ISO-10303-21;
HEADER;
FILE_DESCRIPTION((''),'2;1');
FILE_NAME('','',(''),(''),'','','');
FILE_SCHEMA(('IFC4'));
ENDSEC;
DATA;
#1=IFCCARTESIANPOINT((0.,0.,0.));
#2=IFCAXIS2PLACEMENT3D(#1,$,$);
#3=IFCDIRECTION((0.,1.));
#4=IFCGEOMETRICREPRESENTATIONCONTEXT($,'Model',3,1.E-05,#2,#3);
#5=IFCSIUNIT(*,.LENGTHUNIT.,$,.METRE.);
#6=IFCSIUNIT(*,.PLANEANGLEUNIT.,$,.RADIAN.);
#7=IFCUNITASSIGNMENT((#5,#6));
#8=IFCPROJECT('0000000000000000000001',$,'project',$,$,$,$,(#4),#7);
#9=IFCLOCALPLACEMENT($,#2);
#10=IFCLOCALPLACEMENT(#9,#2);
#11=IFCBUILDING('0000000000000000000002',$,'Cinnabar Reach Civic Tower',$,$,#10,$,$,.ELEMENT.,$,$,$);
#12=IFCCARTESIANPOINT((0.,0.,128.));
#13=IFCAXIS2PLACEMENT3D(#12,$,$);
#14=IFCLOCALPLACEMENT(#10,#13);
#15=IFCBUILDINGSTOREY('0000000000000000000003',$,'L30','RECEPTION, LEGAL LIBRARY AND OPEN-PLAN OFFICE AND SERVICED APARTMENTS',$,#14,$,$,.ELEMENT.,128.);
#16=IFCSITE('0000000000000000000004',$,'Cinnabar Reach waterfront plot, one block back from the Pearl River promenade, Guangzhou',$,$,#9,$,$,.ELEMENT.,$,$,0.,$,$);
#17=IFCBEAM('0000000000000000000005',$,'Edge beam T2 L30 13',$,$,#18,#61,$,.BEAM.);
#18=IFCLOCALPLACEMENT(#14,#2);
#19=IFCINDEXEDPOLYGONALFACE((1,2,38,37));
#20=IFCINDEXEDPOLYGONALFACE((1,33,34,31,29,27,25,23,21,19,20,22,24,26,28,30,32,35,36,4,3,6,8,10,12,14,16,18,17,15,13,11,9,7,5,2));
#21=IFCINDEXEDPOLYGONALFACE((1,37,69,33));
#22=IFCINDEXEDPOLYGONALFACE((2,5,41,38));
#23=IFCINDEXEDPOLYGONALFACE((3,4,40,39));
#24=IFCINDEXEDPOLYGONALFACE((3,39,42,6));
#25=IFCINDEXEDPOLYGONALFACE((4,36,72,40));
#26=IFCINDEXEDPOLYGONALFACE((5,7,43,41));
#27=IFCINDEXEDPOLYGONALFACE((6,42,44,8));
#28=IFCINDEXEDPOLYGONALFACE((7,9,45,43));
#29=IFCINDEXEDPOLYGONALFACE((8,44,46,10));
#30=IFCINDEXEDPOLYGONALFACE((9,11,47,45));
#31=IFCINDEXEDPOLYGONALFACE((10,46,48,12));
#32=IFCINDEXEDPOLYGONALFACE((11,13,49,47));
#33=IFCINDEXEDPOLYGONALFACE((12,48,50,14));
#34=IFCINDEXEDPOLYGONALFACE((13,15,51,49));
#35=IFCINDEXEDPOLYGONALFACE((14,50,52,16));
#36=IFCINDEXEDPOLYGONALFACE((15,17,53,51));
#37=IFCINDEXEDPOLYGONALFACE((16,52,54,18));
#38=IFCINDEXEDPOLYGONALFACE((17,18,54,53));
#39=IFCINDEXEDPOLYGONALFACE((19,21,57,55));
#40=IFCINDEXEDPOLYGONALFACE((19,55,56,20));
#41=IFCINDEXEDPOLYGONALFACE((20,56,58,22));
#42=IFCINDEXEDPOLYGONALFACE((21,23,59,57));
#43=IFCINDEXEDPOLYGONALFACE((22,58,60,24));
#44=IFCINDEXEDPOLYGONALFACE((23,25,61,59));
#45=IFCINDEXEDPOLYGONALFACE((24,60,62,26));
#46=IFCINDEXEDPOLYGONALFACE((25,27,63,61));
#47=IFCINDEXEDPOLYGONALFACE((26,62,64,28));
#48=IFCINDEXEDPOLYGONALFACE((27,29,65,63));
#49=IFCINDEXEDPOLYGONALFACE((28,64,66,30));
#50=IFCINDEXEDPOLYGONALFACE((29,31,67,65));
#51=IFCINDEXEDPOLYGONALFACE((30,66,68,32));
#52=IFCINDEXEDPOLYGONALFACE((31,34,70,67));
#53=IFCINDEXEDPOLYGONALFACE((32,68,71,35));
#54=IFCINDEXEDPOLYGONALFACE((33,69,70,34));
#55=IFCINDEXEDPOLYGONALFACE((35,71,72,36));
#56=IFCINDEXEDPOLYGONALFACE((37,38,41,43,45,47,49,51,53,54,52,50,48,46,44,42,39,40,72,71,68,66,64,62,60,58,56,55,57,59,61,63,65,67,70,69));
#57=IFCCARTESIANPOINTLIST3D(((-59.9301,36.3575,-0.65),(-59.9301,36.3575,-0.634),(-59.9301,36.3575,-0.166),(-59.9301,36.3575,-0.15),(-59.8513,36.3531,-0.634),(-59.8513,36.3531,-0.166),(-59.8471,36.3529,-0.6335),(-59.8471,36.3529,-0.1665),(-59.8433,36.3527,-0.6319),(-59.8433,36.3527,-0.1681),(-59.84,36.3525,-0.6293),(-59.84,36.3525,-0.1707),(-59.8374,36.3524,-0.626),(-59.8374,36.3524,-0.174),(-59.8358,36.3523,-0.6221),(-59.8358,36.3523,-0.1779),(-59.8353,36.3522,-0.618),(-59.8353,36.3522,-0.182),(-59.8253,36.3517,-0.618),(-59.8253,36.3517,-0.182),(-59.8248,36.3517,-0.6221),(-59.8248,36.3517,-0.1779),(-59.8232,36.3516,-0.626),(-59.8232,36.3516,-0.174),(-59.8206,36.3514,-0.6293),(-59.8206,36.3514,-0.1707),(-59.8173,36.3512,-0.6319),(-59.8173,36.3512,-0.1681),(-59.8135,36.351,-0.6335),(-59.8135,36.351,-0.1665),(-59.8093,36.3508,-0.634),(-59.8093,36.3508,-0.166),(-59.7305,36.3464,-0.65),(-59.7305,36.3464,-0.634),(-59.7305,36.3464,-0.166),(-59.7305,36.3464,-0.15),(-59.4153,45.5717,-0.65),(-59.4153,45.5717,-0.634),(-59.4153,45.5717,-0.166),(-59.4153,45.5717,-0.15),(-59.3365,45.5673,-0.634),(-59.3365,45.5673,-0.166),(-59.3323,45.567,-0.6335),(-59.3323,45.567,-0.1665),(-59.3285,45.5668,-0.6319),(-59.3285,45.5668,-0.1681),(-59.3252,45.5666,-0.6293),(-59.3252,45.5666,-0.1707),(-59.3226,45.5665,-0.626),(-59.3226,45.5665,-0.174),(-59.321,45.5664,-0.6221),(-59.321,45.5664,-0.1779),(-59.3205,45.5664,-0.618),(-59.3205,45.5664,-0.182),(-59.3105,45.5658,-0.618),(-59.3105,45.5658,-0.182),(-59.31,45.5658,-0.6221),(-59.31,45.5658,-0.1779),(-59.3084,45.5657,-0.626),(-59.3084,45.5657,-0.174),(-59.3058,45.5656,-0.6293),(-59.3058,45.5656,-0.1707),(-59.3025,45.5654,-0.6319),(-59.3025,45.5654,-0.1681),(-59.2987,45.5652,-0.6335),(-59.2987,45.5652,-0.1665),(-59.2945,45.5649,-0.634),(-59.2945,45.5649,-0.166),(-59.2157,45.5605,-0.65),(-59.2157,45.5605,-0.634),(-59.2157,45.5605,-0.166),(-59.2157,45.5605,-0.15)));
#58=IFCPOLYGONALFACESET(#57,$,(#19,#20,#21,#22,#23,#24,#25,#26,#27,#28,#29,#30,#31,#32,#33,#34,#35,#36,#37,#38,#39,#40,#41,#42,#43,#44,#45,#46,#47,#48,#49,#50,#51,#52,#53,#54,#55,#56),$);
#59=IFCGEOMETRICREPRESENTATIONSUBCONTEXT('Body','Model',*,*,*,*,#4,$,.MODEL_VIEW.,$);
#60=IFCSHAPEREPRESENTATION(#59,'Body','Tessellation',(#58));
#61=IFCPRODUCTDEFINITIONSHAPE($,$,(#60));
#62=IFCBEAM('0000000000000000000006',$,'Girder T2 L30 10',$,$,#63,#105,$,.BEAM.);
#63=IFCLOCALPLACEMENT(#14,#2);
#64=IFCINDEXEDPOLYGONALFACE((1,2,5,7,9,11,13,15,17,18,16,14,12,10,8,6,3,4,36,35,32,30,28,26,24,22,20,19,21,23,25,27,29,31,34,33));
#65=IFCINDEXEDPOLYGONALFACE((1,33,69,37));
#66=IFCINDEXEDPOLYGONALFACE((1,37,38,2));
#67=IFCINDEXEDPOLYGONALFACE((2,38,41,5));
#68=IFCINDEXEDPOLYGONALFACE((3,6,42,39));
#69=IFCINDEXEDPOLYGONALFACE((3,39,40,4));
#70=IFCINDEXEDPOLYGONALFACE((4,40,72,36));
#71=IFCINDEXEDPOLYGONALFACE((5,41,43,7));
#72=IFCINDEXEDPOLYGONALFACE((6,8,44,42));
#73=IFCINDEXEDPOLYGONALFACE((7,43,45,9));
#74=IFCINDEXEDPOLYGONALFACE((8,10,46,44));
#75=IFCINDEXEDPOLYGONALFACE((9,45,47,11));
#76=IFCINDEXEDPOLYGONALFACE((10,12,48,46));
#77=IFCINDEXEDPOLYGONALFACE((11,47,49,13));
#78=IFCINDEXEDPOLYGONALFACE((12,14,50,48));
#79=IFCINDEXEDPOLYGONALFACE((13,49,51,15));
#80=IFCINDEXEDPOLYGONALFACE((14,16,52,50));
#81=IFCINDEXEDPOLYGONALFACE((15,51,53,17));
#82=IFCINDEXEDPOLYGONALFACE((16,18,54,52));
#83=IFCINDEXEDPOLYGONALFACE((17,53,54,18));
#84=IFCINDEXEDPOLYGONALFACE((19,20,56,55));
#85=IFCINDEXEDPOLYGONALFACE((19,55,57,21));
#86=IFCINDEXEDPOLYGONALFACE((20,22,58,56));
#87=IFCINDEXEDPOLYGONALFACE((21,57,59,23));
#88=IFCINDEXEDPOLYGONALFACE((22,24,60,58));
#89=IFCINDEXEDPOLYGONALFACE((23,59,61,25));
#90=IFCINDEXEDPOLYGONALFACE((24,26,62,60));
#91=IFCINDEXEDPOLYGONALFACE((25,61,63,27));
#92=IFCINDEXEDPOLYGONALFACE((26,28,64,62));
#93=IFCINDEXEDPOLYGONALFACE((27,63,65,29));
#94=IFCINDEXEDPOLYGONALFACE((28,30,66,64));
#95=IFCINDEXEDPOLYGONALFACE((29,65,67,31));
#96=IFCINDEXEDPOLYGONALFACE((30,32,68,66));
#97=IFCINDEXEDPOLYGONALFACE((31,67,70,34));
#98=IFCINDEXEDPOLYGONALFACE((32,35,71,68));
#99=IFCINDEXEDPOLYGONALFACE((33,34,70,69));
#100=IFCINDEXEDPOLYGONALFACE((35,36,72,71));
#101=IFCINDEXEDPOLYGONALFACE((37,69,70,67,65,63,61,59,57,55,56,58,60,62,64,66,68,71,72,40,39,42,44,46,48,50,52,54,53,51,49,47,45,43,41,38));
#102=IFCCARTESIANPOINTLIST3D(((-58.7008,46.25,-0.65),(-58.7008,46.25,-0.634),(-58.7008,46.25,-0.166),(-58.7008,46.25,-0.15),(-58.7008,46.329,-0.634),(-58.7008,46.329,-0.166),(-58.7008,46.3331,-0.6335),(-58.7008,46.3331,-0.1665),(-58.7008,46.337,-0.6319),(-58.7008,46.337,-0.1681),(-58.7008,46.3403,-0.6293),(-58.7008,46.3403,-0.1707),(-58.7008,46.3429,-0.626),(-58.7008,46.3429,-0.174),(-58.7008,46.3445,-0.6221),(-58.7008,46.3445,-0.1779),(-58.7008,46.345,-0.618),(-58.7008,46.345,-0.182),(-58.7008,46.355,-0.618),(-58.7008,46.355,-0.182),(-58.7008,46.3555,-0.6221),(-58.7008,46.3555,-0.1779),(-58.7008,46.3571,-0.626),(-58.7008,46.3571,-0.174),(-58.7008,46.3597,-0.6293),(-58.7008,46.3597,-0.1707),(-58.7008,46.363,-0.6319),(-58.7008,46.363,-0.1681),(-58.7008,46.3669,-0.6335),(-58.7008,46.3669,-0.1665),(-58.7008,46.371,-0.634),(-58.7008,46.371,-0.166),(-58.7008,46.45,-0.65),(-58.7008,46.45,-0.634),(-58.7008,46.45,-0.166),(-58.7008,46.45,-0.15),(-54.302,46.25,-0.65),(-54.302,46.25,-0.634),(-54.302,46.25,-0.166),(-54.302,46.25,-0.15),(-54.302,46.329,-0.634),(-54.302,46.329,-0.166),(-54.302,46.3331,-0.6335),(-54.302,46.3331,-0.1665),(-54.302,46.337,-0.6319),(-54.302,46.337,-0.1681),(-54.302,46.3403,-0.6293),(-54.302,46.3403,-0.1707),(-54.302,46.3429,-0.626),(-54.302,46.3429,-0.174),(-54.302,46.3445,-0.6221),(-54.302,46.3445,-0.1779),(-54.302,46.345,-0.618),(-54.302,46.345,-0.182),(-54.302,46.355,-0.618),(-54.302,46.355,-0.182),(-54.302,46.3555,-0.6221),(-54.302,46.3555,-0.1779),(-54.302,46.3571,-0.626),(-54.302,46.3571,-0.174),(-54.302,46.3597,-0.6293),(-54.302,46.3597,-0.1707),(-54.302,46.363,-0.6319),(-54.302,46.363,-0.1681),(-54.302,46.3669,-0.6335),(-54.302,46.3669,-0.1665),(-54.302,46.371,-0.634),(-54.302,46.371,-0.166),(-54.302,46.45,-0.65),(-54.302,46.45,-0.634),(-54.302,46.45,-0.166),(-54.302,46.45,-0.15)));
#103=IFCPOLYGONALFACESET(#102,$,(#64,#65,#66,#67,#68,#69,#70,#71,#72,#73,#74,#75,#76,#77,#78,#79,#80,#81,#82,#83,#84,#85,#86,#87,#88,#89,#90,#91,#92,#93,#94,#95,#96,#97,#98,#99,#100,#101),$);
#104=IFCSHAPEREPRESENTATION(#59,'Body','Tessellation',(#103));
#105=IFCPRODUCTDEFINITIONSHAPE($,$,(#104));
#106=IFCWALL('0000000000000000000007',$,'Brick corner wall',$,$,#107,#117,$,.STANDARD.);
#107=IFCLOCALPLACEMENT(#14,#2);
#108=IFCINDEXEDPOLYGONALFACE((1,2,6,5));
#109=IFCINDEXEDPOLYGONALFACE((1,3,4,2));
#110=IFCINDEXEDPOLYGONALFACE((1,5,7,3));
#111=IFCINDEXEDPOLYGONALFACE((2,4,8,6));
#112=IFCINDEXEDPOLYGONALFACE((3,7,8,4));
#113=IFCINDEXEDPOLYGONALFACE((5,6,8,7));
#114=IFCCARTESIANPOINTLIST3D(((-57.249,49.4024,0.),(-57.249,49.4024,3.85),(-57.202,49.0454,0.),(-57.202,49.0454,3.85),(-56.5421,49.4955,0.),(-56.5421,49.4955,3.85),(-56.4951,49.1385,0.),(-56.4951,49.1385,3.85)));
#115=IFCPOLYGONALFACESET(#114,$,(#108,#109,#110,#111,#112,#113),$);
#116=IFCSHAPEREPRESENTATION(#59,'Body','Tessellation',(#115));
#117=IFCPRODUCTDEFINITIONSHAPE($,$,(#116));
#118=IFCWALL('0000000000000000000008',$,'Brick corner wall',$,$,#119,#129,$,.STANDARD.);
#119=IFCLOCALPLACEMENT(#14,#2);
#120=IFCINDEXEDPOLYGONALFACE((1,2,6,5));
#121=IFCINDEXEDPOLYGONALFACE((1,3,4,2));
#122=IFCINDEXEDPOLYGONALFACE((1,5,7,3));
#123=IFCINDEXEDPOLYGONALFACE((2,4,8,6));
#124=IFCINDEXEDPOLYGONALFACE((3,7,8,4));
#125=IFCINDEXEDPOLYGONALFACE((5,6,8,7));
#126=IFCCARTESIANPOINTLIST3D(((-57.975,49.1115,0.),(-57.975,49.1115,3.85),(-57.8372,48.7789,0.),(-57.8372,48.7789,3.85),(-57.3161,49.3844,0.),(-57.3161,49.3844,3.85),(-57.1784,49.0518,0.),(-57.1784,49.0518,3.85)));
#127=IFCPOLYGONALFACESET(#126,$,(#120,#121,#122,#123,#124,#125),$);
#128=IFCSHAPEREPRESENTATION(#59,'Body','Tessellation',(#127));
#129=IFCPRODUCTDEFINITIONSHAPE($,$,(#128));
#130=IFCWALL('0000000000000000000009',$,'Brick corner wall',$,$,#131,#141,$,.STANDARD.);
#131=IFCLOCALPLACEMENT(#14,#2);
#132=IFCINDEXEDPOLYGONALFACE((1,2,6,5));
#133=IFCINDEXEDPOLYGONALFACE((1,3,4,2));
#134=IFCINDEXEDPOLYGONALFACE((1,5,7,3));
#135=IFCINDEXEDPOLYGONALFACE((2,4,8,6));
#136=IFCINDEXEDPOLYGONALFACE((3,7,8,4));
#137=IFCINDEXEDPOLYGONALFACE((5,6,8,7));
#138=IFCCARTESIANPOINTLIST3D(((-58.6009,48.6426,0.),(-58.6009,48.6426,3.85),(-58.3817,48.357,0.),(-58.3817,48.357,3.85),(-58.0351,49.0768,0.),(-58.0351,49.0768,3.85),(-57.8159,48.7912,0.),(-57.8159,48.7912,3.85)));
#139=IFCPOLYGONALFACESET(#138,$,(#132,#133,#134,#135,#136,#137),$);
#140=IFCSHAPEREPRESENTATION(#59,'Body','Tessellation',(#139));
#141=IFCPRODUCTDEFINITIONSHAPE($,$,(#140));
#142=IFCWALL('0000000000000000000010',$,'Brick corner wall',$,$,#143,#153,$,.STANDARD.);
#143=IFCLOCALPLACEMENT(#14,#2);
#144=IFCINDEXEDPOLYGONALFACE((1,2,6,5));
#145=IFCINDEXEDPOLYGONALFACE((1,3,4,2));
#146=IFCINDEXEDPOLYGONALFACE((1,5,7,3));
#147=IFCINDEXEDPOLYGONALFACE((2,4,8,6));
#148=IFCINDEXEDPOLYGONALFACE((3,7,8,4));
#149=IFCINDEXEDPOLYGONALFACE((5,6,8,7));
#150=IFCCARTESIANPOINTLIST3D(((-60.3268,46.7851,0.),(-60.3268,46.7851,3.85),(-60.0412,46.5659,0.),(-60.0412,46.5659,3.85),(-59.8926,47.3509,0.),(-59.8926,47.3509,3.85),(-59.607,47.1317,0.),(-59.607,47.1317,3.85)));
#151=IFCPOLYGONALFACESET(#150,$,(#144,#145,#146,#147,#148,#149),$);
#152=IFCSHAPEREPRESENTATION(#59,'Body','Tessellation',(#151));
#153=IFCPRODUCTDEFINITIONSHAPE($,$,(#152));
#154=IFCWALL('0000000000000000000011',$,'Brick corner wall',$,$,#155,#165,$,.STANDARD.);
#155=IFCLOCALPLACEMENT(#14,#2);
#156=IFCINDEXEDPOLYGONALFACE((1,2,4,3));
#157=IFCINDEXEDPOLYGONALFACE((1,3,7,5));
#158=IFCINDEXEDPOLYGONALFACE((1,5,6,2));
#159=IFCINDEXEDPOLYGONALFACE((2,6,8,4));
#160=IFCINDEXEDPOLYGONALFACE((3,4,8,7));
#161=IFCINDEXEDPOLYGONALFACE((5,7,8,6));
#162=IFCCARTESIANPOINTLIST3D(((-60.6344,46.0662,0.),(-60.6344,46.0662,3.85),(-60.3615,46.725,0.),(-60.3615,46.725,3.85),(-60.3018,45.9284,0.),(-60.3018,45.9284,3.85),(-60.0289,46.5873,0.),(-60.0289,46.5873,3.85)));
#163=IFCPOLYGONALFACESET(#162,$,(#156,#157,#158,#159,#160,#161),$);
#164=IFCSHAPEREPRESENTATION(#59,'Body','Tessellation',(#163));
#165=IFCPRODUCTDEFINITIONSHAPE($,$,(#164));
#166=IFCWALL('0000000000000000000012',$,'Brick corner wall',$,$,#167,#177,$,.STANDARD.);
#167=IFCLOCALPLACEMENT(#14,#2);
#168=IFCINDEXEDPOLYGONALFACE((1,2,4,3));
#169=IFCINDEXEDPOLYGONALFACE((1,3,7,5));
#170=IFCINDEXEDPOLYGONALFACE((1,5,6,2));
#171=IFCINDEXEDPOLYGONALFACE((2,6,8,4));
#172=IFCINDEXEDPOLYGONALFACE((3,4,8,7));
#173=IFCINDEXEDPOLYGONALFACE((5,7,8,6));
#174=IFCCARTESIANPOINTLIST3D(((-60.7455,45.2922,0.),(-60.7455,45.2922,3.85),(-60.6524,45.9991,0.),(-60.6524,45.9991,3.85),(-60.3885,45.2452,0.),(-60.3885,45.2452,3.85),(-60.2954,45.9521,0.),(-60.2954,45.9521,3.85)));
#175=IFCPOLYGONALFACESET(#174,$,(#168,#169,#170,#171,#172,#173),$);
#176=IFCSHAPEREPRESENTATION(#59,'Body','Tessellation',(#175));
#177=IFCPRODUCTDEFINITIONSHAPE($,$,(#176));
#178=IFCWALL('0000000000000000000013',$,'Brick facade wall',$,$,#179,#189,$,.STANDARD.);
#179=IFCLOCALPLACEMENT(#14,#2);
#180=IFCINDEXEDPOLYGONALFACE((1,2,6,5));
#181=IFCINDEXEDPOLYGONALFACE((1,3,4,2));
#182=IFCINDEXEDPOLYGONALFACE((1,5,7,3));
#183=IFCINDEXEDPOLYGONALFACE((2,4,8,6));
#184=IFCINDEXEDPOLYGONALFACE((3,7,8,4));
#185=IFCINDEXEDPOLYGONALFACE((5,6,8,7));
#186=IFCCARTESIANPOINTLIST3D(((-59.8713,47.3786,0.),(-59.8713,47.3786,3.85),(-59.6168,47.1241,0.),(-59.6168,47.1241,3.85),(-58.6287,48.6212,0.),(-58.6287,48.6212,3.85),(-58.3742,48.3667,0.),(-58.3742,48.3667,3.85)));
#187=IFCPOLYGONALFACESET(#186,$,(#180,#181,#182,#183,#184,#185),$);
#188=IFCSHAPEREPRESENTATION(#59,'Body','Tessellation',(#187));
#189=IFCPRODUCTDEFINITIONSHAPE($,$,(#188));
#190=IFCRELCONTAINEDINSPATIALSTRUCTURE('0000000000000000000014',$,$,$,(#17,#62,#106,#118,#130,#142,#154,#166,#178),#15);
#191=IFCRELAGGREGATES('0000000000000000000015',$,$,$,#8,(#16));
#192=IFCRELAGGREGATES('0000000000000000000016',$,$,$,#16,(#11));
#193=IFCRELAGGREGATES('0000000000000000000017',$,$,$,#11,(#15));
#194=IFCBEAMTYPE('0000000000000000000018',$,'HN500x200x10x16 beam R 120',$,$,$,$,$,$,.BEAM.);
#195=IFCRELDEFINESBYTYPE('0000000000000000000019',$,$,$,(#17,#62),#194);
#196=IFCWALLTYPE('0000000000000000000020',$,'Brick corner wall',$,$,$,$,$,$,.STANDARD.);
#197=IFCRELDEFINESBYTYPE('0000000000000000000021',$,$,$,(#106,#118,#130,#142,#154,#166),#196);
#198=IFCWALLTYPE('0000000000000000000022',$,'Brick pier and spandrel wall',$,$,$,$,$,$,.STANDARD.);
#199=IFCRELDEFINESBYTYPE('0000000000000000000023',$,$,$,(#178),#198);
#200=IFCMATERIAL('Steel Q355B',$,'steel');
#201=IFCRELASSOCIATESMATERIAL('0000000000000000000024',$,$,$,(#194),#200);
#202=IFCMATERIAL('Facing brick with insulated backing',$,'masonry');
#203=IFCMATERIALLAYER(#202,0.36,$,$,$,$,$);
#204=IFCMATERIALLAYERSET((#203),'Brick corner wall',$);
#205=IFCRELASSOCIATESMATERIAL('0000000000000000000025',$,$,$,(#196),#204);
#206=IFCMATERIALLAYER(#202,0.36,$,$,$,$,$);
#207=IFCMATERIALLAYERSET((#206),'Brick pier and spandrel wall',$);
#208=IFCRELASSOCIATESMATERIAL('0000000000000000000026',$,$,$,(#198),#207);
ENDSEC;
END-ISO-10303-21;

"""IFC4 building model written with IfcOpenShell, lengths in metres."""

from ifc_helpers import new_model, si_unit, direction, frame, frame_2d, origin, origin_2d, place, context, subcontext, project, spatial, rectangle, i_section, extrude, material, layer, layer_set, material_profile, profile_set, type_object, element, save


model = new_model("IFC4")

# Units and contexts
model_context = context("Model", 3, precision=1e-05, world=origin(), true_north=direction((0.0, 1.0)))
body_context = subcontext(model_context, "Body", "Model", "MODEL_VIEW")
ifc_project = project(units=[si_unit("LENGTHUNIT", "METRE"), si_unit("PLANEANGLEUNIT", "RADIAN")], contexts=[model_context])

# Site, building, storey
site_placement = place(None, origin())
site = spatial("IfcSite", under=ifc_project, at=site_placement, Name="Cinnabar Reach waterfront plot, one block back from the Pearl River promenade, Guangzhou", CompositionType="ELEMENT", RefElevation=0.0)
building_placement = place(site_placement, origin())
building = spatial("IfcBuilding", under=site, at=building_placement, Name="Cinnabar Reach Civic Tower", CompositionType="ELEMENT")
storey_placement = place(building_placement, frame((0.0, 0.0, 128.0)))
storey = spatial("IfcBuildingStorey", under=building, at=storey_placement, Name="L30", Description="RECEPTION, LEGAL LIBRARY AND OPEN-PLAN OFFICE AND SERVICED APARTMENTS", CompositionType="ELEMENT", Elevation=128.0)

# Beams
ifc_material_1 = material(Name="Steel Q355B", Category="steel")
ifc_material_profile_1 = material_profile(ifc_material_1, i_section(OverallWidth=0.2, OverallDepth=0.5, WebThickness=0.01, FlangeThickness=0.016, FilletRadius=0.016, at=origin_2d()), Name="HN500x200x10x16")
ifc_profile_set_1 = profile_set([ifc_material_profile_1], Name="Steel Q355B")
beam_type_1 = type_object("IfcBeamType", Name="HN500x200x10x16 beam R 120", PredefinedType="BEAM", material=ifc_profile_set_1)
beam_1_placement = place(storey_placement, frame((-59.3155, 45.5661, -0.4), z_axis=(-0.055784, -0.998443, 0.0), x_axis=(0.998443, -0.055784, 0.0)))
element("IfcBeam", 1, at=beam_1_placement, inside=storey, type_object=beam_type_1, Name="Edge beam T2 L30 13", PredefinedType="BEAM", context=body_context, shape_type="SweptSolid", body=[
    extrude(i_section(OverallWidth=0.2, OverallDepth=0.5, WebThickness=0.01, FlangeThickness=0.016, FilletRadius=0.016, at=origin_2d()), origin(), (0.0, 0.0, 1.0), 9.2285),
])
beam_2_placement = place(storey_placement, frame((-58.7008, 46.35, -0.4), z_axis=(1.0, 0.0, 0.0), x_axis=(0.0, 1.0, 0.0)))
element("IfcBeam", 2, at=beam_2_placement, inside=storey, type_object=beam_type_1, Name="Girder T2 L30 10", PredefinedType="BEAM", context=body_context, shape_type="SweptSolid", body=[
    extrude(i_section(OverallWidth=0.2, OverallDepth=0.5, WebThickness=0.01, FlangeThickness=0.016, FilletRadius=0.016, at=origin_2d()), origin(), (0.0, 0.0, 1.0), 4.3988),
])

# Walls
ifc_material_2 = material(Name="Facing brick with insulated backing", Category="masonry")
ifc_layer_1 = layer(ifc_material_2, 0.36)
ifc_layer_set_1 = layer_set([ifc_layer_1], Name="Brick corner wall")
wall_type_1 = type_object("IfcWallType", Name="Brick corner wall", PredefinedType="STANDARD", material=ifc_layer_set_1)
for number, where, z_axis, x_axis, name in (
    (3, (-56.5186, 49.317, 0.0), (0.0, 0.0, 1.0), (-0.991441, -0.130556, 0.0), "Brick corner wall"),
    (4, (-57.2473, 49.2181, 0.0), (0.0, 0.0, 1.0), (-0.923872, -0.382703, 0.0), "Brick corner wall"),
):
    element("IfcWall", number, at=place(storey_placement, frame(where, z_axis=z_axis, x_axis=x_axis)), inside=storey, type_object=wall_type_1, Name=name, PredefinedType="STANDARD", context=body_context, shape_type="SweptSolid", body=[
        extrude(rectangle(XDim=0.7131, YDim=0.36, at=frame_2d((0.3565, 0.0))), origin(), (0.0, 0.0, 1.0), 3.85),
    ])
for number, where, z_axis, x_axis, name in (
    (5, (-57.9255, 48.934, 0.0), (0.0, 0.0, 1.0), (-0.793322, -0.608802, 0.0), "Brick corner wall"),
    (6, (-59.7498, 47.2413, 0.0), (0.0, 0.0, 1.0), (-0.608802, -0.793322, 0.0), "Brick corner wall"),
):
    element("IfcWall", number, at=place(storey_placement, frame(where, z_axis=z_axis, x_axis=x_axis)), inside=storey, type_object=wall_type_1, Name=name, PredefinedType="STANDARD", context=body_context, shape_type="SweptSolid", body=[
        extrude(rectangle(XDim=0.7132, YDim=0.36, at=frame_2d((0.3566, 0.0))), origin(), (0.0, 0.0, 1.0), 3.85),
    ])
for number, where, z_axis, x_axis, name in (
    (7, (-60.1952, 46.6561, 0.0), (0.0, 0.0, 1.0), (-0.382703, -0.923872, 0.0), "Brick corner wall"),
    (8, (-60.4739, 45.9756, 0.0), (0.0, 0.0, 1.0), (-0.130556, -0.991441, 0.0), "Brick corner wall"),
):
    element("IfcWall", number, at=place(storey_placement, frame(where, z_axis=z_axis, x_axis=x_axis)), inside=storey, type_object=wall_type_1, Name=name, PredefinedType="STANDARD", context=body_context, shape_type="SweptSolid", body=[
        extrude(rectangle(XDim=0.7131, YDim=0.36, at=frame_2d((0.3565, 0.0))), origin(), (0.0, 0.0, 1.0), 3.85),
    ])
ifc_layer_2 = layer(ifc_material_2, 0.36)
ifc_layer_set_2 = layer_set([ifc_layer_2], Name="Brick pier and spandrel wall")
wall_type_2 = type_object("IfcWallType", Name="Brick pier and spandrel wall", PredefinedType="STANDARD", material=ifc_layer_set_2)
wall_1_placement = place(storey_placement, frame((-58.5014, 48.494, 0.0), z_axis=(0.0, 0.0, 1.0), x_axis=(-0.707107, -0.707107, 0.0)))
element("IfcWall", 9, at=wall_1_placement, inside=storey, type_object=wall_type_2, Name="Brick facade wall", PredefinedType="STANDARD", context=body_context, shape_type="SweptSolid", body=[
    extrude(rectangle(XDim=1.7573, YDim=0.36, at=frame_2d((0.8787, 0.0))), origin(), (0.0, 0.0, 1.0), 3.85),
])

save(model, "model.ifc")
